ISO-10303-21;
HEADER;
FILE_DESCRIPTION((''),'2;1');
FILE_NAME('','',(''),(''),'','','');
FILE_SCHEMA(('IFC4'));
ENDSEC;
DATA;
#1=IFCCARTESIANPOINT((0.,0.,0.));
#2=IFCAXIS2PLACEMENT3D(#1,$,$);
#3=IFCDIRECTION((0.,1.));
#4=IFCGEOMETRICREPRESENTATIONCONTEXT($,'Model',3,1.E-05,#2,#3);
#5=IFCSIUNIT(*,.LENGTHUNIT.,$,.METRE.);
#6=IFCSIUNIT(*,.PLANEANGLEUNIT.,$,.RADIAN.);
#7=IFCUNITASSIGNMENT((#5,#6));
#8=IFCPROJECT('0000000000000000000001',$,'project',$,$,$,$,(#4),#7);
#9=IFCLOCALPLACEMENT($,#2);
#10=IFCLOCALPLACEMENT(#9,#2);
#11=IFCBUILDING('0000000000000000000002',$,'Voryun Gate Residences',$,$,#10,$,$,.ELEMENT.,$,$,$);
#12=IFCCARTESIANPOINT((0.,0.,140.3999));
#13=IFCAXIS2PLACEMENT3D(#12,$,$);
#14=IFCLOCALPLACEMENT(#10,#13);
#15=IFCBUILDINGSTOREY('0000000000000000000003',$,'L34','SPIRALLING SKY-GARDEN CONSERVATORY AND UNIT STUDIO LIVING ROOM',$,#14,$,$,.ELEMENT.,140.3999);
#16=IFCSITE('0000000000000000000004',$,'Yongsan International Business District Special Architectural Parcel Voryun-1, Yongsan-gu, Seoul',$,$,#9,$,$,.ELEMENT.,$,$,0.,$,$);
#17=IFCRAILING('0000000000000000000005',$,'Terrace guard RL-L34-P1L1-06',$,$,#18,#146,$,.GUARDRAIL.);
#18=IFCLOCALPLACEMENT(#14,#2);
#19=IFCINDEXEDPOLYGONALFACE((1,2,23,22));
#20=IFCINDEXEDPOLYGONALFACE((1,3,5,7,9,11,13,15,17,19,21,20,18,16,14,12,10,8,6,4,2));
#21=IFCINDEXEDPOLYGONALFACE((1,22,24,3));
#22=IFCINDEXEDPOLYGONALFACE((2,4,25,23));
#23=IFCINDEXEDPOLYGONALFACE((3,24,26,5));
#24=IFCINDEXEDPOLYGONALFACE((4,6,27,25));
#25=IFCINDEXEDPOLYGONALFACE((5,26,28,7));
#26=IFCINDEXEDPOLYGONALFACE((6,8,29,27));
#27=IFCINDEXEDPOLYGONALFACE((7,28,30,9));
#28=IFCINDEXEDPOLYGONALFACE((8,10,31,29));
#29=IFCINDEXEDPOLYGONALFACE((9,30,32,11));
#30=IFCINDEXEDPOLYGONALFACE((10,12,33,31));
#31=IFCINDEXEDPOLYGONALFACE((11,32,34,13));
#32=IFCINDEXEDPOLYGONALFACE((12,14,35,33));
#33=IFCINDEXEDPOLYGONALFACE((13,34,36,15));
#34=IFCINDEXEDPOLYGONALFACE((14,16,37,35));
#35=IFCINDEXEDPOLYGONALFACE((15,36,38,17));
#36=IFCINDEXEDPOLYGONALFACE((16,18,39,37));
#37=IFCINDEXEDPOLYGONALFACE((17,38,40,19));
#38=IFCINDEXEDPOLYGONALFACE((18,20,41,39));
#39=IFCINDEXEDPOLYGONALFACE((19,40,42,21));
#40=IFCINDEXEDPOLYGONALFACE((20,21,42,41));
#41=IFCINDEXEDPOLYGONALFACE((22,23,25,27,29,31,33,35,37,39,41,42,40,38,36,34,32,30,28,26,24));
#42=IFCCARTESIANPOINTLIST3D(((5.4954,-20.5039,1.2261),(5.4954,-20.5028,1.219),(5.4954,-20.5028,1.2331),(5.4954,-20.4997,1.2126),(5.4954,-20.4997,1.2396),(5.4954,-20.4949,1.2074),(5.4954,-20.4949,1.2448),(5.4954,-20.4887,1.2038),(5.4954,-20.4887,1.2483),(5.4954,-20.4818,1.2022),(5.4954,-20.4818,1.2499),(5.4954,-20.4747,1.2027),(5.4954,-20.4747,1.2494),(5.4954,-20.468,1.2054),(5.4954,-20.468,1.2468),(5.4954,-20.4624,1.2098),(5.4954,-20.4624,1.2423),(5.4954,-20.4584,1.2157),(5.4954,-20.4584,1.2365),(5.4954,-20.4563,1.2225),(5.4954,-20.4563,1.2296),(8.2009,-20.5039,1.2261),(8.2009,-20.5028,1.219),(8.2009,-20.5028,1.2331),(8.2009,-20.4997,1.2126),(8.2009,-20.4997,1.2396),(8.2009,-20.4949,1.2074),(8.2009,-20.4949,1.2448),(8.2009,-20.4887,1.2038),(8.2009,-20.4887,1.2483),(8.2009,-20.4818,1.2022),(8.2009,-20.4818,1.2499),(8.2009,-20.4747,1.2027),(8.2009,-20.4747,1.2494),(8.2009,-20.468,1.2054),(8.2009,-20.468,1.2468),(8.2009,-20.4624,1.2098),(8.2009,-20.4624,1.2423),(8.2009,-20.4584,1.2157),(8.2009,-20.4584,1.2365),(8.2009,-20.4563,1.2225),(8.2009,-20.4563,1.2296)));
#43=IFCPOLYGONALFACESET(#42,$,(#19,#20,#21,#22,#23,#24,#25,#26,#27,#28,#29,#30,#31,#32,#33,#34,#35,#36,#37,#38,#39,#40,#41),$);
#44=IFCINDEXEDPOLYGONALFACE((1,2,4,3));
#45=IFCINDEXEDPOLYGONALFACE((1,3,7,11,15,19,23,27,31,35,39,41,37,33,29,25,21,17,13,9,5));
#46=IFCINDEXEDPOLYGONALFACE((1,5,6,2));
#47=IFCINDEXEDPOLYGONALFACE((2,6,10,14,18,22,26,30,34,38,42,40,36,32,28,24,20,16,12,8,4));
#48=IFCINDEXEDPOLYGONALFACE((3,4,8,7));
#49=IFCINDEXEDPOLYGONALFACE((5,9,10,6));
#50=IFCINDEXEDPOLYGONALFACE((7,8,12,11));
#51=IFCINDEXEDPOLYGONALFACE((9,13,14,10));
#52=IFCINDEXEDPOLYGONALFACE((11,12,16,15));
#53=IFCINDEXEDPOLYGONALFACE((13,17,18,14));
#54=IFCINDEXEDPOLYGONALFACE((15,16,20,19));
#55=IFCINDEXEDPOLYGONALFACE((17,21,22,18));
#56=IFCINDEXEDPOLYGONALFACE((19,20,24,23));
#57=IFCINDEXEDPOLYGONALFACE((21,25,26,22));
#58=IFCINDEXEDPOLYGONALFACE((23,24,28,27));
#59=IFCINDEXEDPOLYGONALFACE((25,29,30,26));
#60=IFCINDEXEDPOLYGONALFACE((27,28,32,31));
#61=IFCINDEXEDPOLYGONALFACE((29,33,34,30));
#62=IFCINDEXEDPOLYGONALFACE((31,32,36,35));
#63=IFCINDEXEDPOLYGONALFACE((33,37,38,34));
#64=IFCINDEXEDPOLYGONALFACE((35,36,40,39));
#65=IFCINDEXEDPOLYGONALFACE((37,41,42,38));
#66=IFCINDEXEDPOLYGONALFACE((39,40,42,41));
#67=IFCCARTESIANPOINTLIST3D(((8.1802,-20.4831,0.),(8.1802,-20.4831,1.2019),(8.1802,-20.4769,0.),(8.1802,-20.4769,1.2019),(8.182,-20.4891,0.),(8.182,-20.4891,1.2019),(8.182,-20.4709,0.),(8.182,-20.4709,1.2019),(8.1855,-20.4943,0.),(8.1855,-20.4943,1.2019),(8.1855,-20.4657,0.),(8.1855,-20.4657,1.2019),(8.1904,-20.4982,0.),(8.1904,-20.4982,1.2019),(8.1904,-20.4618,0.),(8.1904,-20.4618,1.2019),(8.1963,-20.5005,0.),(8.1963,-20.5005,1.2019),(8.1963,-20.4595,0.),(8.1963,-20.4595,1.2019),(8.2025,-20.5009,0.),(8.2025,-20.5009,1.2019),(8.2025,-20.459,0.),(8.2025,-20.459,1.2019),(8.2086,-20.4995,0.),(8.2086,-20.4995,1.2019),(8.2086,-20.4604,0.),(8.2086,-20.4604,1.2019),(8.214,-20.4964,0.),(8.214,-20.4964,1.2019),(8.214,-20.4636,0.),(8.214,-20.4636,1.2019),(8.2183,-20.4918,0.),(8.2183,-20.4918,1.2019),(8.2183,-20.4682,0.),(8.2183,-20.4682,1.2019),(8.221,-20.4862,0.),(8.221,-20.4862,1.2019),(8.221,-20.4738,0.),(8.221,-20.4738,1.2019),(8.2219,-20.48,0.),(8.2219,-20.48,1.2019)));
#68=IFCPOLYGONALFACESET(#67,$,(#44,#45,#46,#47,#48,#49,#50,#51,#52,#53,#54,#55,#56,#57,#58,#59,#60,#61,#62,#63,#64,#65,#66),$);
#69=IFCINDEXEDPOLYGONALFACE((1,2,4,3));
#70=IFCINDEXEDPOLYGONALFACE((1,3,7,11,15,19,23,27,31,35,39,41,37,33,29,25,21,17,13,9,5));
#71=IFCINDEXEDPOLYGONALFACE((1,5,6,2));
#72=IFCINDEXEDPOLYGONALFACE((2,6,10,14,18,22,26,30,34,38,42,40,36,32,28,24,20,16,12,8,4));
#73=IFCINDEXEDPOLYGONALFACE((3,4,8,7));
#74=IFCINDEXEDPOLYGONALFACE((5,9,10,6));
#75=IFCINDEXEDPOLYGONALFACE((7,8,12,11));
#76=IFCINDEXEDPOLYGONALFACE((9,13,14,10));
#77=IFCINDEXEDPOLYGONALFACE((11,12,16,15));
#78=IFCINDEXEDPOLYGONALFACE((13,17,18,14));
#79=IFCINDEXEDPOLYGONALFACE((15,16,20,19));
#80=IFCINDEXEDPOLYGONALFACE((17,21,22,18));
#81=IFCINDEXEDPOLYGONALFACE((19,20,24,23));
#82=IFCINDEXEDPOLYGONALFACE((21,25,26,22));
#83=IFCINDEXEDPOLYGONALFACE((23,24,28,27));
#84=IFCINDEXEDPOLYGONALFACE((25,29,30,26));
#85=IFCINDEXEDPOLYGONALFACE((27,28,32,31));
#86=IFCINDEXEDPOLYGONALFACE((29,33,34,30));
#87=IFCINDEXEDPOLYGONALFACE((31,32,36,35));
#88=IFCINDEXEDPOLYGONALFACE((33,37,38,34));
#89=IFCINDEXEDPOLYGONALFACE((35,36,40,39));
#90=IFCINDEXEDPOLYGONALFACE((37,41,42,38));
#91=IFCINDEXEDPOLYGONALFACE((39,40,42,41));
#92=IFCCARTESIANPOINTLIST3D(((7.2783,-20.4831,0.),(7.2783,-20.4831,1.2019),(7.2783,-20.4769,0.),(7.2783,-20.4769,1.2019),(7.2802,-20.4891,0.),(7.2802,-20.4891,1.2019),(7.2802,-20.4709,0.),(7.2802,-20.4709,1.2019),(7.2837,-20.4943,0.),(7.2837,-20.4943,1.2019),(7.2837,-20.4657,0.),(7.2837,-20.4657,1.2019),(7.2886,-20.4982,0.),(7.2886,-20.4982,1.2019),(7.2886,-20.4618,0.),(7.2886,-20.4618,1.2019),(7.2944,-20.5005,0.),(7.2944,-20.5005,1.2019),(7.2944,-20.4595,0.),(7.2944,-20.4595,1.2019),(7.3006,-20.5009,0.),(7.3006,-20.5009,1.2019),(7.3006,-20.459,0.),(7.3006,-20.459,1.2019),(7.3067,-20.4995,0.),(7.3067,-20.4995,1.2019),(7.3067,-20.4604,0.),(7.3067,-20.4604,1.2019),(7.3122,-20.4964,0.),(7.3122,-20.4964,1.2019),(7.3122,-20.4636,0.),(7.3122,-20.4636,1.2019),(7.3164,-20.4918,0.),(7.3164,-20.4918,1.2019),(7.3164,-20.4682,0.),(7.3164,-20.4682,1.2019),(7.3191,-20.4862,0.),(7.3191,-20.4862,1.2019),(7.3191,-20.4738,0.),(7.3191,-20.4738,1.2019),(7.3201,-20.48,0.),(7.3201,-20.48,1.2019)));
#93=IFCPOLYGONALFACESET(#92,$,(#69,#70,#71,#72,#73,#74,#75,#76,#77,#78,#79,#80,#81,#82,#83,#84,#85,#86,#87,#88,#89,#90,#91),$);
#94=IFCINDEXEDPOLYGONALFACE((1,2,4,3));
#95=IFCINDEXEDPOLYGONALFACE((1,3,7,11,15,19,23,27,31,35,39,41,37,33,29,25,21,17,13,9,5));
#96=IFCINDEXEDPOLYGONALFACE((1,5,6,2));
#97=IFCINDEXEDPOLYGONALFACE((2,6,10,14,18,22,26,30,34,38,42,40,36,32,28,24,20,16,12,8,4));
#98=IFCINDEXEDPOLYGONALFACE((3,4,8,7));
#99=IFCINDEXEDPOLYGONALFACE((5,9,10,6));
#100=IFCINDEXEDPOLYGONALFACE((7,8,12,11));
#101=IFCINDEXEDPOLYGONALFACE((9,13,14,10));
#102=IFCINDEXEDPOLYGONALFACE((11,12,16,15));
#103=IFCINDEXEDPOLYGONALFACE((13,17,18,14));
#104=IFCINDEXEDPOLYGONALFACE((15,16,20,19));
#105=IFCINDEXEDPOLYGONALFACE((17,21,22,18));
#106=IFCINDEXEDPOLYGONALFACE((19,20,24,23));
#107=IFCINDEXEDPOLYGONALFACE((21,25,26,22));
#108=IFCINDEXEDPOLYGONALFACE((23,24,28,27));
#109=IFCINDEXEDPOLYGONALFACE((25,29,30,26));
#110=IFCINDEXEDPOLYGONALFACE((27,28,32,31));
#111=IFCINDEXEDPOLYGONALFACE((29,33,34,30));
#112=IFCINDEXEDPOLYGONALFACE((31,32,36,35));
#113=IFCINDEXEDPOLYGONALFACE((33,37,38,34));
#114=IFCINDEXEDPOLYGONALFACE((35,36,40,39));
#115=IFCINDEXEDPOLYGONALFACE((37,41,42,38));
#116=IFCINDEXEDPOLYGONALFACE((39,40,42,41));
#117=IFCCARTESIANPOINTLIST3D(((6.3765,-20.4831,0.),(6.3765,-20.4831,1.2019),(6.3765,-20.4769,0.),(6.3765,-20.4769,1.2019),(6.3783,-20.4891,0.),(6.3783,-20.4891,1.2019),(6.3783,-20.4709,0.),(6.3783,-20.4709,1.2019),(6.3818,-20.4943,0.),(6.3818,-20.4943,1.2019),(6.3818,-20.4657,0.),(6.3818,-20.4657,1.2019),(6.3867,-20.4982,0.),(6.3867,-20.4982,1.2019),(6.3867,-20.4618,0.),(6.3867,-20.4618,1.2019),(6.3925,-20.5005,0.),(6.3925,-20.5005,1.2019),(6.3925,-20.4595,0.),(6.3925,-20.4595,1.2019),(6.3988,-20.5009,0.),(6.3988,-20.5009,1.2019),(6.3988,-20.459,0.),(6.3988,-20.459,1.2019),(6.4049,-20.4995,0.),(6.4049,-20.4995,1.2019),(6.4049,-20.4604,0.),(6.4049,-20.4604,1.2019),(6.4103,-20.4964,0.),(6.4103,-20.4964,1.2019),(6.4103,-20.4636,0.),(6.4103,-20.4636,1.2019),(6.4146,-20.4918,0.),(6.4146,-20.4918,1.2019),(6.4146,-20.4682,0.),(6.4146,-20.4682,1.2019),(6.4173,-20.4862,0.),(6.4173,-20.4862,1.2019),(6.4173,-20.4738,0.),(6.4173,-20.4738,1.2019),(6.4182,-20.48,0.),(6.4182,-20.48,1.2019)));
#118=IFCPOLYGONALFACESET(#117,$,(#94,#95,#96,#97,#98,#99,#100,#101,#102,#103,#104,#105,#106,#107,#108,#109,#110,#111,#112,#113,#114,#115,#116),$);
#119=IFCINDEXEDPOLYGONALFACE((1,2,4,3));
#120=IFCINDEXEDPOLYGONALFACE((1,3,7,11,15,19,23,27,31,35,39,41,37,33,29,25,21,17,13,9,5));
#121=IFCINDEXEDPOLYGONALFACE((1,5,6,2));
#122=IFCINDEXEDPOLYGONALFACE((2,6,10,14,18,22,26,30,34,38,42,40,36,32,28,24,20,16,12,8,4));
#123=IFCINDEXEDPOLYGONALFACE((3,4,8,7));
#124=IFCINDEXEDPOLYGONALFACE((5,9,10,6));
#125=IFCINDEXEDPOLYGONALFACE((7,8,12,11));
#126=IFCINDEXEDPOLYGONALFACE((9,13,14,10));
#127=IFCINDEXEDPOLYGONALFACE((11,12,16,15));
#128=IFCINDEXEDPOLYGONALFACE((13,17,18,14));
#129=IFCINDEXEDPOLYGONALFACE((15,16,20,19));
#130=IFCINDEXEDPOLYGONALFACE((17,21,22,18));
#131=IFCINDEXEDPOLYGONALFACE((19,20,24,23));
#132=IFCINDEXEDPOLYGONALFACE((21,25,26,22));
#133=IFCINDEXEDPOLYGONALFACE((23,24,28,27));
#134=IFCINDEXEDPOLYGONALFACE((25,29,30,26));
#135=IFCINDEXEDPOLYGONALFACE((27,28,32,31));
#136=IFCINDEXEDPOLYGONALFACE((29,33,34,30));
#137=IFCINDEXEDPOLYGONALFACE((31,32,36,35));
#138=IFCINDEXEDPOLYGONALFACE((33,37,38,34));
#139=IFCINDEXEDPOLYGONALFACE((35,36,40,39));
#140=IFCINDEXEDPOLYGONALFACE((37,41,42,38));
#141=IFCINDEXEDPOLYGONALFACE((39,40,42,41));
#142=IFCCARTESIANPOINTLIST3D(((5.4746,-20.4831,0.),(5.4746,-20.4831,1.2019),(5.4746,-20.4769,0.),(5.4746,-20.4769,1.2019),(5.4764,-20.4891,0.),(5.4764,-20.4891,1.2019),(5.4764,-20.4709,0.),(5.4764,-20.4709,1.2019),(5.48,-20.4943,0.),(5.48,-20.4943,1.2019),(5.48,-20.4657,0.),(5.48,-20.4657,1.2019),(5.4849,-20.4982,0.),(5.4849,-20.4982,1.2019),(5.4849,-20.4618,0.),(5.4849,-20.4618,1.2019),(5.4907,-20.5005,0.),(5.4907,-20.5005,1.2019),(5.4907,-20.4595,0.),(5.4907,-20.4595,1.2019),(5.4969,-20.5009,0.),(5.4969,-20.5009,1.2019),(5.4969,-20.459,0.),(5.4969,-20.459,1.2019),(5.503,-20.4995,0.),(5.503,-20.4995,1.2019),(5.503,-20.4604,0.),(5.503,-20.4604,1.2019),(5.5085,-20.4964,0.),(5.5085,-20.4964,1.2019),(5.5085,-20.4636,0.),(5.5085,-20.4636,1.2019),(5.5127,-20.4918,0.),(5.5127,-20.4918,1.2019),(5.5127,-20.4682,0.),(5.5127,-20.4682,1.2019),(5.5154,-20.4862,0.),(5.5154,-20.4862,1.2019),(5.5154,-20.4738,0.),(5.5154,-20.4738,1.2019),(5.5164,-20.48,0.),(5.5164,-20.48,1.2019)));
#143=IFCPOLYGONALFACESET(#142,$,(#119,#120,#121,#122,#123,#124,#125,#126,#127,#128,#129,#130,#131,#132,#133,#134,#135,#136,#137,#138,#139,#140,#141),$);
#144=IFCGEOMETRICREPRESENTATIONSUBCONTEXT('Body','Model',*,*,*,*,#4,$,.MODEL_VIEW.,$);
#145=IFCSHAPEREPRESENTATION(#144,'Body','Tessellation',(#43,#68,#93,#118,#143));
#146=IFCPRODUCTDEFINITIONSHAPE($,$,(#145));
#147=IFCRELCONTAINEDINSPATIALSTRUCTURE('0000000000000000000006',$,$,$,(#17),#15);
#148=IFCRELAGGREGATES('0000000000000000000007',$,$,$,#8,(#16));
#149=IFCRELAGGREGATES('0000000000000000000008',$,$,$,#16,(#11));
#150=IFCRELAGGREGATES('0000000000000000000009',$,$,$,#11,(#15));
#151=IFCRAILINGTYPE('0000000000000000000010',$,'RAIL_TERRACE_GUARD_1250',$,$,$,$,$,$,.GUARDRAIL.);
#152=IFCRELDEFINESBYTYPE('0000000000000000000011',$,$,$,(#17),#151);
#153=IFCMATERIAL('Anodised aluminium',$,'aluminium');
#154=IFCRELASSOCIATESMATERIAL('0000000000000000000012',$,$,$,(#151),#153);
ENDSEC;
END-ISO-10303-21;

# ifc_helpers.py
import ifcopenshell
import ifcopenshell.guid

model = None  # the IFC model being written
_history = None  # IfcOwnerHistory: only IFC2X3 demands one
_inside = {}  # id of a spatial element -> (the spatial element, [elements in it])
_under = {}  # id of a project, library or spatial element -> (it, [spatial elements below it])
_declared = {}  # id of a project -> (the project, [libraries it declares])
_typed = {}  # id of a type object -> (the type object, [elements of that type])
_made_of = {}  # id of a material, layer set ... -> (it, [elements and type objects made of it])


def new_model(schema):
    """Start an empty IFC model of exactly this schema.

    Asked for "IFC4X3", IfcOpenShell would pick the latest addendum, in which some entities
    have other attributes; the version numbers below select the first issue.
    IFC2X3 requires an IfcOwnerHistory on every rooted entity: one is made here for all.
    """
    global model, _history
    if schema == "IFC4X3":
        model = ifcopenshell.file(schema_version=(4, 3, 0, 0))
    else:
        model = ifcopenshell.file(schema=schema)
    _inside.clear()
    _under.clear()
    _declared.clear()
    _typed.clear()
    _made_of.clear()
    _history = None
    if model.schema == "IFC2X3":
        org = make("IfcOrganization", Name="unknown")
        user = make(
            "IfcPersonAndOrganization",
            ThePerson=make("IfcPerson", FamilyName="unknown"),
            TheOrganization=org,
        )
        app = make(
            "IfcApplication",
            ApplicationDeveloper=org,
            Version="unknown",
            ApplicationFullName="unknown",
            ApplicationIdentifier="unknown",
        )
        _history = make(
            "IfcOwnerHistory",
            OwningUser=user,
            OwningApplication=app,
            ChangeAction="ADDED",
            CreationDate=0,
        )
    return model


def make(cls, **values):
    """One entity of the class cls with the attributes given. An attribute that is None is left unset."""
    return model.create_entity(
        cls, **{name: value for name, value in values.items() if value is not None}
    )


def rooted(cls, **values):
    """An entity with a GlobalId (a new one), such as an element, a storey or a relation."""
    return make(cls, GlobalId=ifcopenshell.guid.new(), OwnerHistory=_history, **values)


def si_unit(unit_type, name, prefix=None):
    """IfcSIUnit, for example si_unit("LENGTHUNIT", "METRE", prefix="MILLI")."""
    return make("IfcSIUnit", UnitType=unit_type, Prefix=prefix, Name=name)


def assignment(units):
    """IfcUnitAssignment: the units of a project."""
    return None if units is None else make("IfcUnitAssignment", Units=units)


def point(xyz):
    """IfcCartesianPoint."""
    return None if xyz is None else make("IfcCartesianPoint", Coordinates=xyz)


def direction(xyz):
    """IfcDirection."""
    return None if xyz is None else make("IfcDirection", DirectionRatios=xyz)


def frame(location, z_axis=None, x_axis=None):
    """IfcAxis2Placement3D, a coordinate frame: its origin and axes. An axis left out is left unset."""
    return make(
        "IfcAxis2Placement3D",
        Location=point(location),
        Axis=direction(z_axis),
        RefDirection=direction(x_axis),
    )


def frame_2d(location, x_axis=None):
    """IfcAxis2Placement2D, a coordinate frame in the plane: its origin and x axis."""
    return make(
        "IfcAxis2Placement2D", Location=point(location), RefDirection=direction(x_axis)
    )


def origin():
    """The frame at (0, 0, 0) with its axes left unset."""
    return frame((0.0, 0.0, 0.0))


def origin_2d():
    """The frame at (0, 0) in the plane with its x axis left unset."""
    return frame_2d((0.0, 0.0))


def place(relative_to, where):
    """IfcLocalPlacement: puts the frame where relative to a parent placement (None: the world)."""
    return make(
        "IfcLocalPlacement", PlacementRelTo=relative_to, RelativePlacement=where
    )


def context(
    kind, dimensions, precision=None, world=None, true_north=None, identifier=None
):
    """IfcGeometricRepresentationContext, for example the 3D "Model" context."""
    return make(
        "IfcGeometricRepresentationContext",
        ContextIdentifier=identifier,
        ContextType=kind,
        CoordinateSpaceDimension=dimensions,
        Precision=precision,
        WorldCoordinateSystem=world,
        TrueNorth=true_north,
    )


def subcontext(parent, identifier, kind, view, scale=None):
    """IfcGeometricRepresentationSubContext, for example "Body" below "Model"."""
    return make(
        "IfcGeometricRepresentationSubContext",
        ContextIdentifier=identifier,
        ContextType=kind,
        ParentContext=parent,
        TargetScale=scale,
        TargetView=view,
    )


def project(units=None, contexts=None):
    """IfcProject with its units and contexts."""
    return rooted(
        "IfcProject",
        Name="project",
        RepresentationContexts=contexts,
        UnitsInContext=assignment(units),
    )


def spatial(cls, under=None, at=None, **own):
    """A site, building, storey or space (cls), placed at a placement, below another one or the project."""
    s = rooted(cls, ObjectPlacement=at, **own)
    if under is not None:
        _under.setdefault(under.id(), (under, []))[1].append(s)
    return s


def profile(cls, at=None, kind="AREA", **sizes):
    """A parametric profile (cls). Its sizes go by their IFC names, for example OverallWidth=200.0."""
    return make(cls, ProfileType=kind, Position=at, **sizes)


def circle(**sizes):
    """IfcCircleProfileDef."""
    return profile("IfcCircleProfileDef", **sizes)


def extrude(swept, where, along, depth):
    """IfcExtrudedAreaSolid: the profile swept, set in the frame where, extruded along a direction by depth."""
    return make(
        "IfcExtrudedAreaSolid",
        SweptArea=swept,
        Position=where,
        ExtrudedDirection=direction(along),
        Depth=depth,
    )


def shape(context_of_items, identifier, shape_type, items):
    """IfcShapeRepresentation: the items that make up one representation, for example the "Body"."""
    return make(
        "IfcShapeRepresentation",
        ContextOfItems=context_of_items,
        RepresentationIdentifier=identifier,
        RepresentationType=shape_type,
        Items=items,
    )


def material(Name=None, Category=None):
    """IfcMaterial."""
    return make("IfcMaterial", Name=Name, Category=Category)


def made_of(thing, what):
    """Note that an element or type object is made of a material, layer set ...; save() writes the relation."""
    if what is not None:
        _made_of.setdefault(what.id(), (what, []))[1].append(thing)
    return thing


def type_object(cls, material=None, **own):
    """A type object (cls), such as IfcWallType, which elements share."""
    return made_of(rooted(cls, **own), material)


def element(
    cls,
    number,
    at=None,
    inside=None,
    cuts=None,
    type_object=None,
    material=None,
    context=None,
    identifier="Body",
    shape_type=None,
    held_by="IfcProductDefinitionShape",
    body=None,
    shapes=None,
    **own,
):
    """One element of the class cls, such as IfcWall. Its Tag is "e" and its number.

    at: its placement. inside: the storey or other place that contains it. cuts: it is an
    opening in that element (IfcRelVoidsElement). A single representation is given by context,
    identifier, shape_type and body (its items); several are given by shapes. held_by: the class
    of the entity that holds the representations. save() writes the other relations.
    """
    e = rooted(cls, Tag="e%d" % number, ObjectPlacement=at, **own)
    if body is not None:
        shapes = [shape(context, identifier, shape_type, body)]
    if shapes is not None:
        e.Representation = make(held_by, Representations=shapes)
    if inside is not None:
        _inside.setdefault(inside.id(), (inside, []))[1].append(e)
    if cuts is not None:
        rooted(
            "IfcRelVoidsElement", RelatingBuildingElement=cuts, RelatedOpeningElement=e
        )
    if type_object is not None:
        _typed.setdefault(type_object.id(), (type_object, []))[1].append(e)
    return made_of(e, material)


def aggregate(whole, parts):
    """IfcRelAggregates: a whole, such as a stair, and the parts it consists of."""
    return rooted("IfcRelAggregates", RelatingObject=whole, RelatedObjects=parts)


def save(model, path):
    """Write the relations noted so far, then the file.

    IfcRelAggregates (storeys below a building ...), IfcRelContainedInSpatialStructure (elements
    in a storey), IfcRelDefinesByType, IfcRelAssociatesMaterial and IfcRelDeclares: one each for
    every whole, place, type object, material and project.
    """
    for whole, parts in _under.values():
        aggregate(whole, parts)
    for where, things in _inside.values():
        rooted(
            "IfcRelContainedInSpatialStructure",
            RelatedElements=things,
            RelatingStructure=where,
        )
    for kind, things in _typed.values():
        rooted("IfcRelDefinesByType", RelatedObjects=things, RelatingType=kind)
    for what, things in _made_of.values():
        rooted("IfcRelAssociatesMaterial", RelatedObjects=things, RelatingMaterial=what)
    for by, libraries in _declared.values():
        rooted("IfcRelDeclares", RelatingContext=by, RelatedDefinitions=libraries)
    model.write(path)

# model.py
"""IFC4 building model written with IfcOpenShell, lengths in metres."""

from ifc_helpers import new_model, si_unit, direction, frame, origin, origin_2d, place, context, subcontext, project, spatial, circle, extrude, material, type_object, element, save


model = new_model("IFC4")

# Units and contexts
model_context = context("Model", 3, precision=1e-05, world=origin(), true_north=direction((0.0, 1.0)))
body_context = subcontext(model_context, "Body", "Model", "MODEL_VIEW")
ifc_project = project(units=[si_unit("LENGTHUNIT", "METRE"), si_unit("PLANEANGLEUNIT", "RADIAN")], contexts=[model_context])

# Site, building, storey
site_placement = place(None, origin())
site = spatial("IfcSite", under=ifc_project, at=site_placement, Name="Yongsan International Business District Special Architectural Parcel Voryun-1, Yongsan-gu, Seoul", CompositionType="ELEMENT", RefElevation=0.0)
building_placement = place(site_placement, origin())
building = spatial("IfcBuilding", under=site, at=building_placement, Name="Voryun Gate Residences", CompositionType="ELEMENT")
storey_placement = place(building_placement, frame((0.0, 0.0, 140.3999)))
storey = spatial("IfcBuildingStorey", under=building, at=storey_placement, Name="L34", Description="SPIRALLING SKY-GARDEN CONSERVATORY AND UNIT STUDIO LIVING ROOM", CompositionType="ELEMENT", Elevation=140.3999)

# Railing
ifc_material_1 = material(Name="Anodised aluminium", Category="aluminium")
railing_type = type_object("IfcRailingType", Name="RAIL_TERRACE_GUARD_1250", PredefinedType="GUARDRAIL", material=ifc_material_1)
railing_placement = place(storey_placement, frame((8.2009, -20.48, 0.0)))
element("IfcRailing", 1, at=railing_placement, inside=storey, type_object=railing_type, Name="Terrace guard RL-L34-P1L1-06", PredefinedType="GUARDRAIL", context=body_context, shape_type="SweptSolid", body=[
    extrude(circle(Radius=0.0239, at=origin_2d()), frame((0.0, 0.0, 1.2261), z_axis=(-1.0, 0.0, 0.0), x_axis=(0.0, -1.0, 0.0)), (0.0, 0.0, 1.0), 2.7056),
    extrude(circle(Radius=0.021, at=origin_2d()), origin(), (0.0, 0.0, 1.0), 1.2019),
    extrude(circle(Radius=0.021, at=origin_2d()), frame((-0.9019, 0.0, 0.0)), (0.0, 0.0, 1.0), 1.2019),
    extrude(circle(Radius=0.021, at=origin_2d()), frame((-1.8037, 0.0, 0.0)), (0.0, 0.0, 1.0), 1.2019),
    extrude(circle(Radius=0.021, at=origin_2d()), frame((-2.7056, 0.0, 0.0)), (0.0, 0.0, 1.0), 1.2019),
])

save(model, "model.ifc")
